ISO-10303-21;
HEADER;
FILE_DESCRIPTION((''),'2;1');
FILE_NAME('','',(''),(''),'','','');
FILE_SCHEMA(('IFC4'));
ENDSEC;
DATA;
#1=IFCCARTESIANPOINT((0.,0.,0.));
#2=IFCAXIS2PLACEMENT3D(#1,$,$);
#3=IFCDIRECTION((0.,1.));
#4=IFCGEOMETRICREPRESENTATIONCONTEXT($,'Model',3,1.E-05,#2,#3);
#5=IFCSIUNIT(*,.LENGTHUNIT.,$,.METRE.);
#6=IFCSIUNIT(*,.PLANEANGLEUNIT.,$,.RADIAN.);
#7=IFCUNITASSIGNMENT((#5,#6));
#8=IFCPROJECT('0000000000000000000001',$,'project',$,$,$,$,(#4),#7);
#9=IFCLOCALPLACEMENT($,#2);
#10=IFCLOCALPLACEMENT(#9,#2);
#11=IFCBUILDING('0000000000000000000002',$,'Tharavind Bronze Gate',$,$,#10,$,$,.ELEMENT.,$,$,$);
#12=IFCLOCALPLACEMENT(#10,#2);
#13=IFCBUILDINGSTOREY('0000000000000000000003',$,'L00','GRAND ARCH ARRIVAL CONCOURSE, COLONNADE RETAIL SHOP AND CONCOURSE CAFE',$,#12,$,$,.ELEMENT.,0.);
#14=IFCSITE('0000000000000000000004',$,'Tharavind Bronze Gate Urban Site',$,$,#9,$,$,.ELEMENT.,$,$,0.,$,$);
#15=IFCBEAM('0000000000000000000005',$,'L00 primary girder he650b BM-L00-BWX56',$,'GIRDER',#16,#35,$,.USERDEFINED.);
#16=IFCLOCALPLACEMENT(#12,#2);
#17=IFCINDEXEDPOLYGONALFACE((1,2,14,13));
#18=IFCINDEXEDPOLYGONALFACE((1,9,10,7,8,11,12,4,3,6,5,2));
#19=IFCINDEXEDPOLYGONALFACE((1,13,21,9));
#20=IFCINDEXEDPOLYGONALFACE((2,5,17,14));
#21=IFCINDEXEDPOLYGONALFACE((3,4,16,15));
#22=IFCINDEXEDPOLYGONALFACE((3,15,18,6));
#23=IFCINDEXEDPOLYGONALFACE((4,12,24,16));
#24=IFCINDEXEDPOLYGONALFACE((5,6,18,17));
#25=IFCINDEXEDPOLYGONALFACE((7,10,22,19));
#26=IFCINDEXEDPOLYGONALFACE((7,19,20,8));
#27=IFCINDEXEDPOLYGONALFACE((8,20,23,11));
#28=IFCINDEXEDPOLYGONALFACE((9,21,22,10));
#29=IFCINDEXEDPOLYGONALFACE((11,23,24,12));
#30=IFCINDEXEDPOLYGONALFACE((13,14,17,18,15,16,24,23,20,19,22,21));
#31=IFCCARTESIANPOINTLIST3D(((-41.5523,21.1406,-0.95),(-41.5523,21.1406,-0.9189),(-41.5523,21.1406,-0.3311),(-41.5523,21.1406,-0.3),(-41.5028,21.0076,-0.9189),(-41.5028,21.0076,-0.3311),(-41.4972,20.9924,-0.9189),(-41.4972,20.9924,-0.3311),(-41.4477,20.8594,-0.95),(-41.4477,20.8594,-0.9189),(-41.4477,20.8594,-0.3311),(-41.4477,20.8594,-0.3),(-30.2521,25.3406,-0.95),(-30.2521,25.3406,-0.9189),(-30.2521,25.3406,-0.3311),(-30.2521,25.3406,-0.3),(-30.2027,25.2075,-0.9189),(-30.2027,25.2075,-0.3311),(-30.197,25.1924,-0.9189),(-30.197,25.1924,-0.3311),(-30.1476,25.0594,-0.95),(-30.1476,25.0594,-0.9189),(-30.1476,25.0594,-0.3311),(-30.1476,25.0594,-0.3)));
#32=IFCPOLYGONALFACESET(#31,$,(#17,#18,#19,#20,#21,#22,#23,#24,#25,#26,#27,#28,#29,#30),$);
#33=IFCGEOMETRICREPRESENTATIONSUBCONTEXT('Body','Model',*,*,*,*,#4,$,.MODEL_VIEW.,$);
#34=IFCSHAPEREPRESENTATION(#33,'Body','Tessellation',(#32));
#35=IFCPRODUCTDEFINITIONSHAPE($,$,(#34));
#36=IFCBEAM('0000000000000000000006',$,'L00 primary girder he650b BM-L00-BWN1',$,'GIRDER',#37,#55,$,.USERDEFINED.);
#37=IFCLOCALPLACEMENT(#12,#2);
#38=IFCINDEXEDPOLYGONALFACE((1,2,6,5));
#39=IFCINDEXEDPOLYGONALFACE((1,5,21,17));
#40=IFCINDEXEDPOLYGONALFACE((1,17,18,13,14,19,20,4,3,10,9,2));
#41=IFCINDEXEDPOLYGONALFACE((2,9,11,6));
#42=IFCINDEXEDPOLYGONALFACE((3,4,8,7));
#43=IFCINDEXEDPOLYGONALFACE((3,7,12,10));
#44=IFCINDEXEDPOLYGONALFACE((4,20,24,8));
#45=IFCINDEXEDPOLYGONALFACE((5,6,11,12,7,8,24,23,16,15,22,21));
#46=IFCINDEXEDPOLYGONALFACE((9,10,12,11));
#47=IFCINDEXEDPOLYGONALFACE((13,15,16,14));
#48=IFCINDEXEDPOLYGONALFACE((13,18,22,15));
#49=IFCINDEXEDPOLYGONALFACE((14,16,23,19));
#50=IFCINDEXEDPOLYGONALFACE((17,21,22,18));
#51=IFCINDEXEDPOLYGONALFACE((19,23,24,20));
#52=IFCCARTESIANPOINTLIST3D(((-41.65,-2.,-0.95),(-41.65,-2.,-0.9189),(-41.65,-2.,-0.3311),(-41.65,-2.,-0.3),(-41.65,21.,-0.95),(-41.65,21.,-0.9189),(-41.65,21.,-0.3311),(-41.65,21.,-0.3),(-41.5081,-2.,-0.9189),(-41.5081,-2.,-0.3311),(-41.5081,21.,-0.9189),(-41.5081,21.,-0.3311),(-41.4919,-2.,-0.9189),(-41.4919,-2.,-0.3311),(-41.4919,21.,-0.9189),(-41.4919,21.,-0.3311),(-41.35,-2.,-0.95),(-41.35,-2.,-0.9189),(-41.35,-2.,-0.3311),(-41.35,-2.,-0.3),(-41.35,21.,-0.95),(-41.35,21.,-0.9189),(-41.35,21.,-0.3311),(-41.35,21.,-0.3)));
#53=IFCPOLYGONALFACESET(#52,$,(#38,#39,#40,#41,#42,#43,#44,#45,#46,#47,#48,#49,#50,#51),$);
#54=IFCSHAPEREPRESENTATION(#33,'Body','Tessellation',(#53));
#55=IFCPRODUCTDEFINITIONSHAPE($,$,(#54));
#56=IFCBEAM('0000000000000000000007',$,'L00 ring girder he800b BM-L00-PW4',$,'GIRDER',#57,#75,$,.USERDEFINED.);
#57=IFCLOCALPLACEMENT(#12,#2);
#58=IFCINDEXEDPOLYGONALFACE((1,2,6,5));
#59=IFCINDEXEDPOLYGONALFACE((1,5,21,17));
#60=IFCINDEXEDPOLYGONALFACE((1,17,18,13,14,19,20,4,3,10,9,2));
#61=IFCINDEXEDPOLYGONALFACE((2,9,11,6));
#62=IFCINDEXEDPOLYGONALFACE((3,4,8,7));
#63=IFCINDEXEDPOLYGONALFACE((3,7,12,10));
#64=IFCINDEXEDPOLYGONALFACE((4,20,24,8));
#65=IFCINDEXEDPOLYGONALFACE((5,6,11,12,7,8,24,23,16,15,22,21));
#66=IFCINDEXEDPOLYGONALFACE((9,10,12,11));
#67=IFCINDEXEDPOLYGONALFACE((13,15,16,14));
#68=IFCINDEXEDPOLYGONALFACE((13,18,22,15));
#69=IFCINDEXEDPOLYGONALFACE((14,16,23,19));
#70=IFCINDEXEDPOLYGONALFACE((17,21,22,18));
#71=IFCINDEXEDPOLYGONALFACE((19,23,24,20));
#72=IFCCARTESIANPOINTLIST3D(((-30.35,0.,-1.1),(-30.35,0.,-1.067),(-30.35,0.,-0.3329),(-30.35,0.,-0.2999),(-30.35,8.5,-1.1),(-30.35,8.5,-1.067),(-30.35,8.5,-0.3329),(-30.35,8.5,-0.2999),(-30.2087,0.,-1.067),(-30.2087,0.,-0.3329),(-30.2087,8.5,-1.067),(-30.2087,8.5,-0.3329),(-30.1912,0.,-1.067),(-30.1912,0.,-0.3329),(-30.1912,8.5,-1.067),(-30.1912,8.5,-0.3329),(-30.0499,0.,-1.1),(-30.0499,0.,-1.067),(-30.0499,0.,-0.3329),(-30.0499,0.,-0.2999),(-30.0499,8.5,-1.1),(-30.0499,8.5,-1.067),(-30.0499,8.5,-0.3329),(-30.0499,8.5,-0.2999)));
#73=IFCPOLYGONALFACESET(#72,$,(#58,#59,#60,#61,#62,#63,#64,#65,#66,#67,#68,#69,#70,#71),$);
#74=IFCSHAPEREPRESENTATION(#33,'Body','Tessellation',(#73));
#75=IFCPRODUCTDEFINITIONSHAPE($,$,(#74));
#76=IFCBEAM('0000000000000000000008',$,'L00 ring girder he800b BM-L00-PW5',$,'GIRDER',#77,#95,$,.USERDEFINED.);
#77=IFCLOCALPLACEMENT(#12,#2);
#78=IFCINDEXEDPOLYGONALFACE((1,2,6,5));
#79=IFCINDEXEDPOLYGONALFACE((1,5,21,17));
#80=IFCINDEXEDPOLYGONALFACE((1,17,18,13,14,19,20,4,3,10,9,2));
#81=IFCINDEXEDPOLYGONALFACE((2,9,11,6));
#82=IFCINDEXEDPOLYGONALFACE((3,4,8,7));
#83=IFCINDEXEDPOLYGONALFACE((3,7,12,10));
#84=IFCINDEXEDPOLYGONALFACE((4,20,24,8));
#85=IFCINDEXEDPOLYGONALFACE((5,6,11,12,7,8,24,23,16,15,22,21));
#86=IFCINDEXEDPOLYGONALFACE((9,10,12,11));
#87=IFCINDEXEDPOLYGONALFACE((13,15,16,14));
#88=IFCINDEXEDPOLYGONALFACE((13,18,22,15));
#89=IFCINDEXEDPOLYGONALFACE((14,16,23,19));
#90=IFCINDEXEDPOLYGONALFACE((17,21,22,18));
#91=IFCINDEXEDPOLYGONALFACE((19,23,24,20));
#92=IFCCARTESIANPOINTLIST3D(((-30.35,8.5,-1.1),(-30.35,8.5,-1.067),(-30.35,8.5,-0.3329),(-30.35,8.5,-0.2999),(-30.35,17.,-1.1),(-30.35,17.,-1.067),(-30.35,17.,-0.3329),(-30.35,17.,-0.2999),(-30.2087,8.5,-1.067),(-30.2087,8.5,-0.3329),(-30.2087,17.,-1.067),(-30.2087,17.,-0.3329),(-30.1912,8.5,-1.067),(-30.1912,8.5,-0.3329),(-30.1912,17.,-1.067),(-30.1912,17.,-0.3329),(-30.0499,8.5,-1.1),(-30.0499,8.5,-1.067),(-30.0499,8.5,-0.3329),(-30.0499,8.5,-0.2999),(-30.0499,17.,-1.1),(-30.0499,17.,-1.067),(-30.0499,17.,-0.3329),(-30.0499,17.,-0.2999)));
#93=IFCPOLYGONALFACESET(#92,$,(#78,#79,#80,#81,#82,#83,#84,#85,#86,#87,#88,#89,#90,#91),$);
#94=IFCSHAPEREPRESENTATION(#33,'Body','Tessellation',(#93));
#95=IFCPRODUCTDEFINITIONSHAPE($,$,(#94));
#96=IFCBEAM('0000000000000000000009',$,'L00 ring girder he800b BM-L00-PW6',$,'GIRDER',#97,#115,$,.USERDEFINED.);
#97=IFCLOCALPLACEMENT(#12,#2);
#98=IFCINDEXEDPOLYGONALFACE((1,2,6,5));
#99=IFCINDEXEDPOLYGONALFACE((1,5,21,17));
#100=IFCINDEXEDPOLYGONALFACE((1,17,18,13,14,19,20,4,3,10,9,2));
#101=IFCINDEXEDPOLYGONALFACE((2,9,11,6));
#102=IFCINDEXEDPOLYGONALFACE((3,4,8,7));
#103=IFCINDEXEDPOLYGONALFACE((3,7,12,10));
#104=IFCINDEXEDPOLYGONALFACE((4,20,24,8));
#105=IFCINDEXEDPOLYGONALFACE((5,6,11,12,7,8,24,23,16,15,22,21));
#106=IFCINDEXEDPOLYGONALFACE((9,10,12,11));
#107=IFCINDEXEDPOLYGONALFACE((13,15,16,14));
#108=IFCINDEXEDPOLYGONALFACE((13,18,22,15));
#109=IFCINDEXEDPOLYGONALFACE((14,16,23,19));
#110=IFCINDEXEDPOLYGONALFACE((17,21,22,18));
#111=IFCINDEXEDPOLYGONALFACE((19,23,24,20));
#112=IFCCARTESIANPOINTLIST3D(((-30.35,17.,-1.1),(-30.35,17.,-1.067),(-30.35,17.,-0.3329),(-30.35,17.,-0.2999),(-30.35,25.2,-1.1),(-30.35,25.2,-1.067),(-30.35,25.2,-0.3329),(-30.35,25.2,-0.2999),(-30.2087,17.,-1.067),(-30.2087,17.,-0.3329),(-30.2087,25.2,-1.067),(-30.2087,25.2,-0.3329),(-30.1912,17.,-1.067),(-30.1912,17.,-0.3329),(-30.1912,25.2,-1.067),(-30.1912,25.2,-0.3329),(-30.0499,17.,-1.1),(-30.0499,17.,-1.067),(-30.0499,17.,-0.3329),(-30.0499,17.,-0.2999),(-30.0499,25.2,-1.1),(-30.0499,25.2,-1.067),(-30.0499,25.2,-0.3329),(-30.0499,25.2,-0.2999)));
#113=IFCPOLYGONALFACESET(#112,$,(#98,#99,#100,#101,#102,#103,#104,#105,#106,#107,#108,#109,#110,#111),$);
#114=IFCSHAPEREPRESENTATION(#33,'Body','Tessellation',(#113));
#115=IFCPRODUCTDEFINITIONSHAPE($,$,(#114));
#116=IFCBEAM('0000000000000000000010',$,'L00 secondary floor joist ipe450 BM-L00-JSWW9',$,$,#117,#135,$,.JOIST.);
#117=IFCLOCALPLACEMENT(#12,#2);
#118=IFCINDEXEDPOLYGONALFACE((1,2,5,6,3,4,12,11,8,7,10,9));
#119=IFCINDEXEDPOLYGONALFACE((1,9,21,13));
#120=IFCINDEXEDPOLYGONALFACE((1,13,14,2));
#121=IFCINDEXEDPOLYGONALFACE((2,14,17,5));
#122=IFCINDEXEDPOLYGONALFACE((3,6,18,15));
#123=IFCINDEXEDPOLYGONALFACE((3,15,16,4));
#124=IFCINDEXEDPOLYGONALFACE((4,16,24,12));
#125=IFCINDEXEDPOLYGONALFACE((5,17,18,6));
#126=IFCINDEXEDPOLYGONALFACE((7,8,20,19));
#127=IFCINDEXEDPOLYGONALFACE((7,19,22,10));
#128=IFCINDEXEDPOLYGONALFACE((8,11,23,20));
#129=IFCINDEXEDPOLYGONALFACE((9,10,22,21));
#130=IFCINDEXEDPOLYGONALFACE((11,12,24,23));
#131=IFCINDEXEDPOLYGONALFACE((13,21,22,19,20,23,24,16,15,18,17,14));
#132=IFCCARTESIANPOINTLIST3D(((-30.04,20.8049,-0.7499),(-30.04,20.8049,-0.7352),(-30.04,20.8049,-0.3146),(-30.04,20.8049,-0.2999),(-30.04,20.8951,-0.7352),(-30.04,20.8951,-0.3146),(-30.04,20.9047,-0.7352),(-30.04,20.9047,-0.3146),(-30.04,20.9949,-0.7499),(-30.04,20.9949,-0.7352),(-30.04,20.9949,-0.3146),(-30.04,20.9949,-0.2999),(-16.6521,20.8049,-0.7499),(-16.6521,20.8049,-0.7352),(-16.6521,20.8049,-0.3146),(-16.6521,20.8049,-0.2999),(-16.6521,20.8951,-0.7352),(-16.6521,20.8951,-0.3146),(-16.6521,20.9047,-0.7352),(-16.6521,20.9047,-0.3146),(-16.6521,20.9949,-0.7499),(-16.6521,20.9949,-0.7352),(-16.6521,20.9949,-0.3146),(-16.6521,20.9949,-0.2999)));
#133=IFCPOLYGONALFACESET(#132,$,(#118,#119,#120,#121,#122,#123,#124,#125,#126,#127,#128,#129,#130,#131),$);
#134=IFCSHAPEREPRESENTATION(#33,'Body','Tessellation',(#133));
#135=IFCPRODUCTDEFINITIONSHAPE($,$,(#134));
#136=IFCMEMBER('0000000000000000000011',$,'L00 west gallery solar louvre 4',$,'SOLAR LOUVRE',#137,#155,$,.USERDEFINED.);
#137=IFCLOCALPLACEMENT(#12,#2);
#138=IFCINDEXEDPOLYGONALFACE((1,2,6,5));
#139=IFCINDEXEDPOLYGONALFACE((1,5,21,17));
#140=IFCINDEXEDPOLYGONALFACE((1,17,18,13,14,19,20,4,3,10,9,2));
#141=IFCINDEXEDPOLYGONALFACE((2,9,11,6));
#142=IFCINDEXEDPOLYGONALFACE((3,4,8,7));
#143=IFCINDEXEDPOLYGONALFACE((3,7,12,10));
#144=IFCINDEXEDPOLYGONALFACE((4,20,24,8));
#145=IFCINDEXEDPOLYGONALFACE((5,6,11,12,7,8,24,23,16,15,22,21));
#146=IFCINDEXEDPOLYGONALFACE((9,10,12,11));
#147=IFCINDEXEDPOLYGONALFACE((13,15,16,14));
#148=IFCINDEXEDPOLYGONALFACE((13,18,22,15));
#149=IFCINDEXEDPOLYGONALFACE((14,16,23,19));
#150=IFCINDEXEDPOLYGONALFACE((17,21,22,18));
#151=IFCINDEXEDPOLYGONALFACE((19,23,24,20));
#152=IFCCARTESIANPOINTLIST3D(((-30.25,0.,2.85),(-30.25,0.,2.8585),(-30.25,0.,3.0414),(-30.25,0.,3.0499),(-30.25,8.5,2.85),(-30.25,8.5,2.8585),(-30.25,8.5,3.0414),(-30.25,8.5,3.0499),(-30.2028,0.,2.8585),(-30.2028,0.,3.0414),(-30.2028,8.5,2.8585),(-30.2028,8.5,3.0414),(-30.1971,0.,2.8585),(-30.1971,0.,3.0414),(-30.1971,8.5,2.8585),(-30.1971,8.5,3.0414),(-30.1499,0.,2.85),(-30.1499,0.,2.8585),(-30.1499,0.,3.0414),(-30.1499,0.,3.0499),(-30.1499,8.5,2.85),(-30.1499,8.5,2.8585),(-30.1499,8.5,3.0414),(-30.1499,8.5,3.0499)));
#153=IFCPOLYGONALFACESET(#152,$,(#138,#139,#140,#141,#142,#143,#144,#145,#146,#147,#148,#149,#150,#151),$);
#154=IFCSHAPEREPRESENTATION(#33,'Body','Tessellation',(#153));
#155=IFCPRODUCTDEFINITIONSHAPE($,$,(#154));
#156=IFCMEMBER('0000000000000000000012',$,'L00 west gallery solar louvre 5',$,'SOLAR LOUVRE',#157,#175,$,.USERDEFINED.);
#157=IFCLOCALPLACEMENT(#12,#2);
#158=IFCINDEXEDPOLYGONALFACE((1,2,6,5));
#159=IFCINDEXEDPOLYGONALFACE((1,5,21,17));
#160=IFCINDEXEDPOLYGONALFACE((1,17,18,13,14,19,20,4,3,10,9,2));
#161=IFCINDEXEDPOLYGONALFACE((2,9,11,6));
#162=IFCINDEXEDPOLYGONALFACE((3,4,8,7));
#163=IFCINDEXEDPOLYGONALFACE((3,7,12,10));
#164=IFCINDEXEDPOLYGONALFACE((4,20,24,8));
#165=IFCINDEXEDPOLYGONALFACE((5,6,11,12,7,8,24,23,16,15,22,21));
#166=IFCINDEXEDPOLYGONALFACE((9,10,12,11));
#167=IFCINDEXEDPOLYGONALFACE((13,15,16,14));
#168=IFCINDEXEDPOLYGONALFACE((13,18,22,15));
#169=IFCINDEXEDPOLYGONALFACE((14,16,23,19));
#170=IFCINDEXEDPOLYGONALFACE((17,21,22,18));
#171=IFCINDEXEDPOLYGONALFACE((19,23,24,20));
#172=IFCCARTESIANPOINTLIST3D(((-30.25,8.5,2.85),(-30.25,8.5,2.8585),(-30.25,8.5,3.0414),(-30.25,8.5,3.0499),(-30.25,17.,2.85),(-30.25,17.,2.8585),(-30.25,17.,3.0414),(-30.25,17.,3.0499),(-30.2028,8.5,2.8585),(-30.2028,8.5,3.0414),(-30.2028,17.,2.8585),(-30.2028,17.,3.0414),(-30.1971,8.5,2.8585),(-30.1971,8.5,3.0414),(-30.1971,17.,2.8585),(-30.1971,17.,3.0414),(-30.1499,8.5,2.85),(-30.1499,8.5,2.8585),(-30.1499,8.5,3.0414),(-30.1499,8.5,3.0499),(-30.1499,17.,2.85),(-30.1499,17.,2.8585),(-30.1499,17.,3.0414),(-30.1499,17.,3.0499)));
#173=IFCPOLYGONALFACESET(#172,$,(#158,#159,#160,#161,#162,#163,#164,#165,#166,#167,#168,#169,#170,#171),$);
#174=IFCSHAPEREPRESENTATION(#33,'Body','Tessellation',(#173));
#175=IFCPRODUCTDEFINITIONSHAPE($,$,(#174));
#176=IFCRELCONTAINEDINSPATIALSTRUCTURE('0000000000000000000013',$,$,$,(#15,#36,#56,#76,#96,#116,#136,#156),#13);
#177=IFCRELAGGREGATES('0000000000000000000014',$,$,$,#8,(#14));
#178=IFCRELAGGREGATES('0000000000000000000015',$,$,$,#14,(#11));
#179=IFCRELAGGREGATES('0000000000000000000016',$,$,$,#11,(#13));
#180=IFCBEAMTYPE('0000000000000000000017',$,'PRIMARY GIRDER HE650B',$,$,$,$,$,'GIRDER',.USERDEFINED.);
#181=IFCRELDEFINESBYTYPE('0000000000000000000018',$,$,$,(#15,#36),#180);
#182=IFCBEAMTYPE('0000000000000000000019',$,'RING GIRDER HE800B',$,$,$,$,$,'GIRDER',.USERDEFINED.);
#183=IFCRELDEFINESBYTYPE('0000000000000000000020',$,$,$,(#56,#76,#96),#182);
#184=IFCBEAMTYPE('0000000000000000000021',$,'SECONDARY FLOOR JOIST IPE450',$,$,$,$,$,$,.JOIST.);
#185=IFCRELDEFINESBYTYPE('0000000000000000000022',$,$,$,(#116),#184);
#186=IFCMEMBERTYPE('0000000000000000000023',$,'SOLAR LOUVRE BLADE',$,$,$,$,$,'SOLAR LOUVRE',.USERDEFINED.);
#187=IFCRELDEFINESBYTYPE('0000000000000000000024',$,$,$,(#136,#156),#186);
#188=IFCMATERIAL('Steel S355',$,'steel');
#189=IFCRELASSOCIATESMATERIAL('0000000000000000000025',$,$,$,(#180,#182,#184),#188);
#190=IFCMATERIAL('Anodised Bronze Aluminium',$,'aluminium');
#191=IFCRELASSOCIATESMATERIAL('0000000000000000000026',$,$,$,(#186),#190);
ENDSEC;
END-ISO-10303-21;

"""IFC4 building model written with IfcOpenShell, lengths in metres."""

from ifc_helpers import new_model, si_unit, direction, frame, origin, origin_2d, place, context, subcontext, project, spatial, i_section, extrude, material, material_profile, profile_set, type_object, element, save


model = new_model("IFC4")

# Units and contexts
model_context = context("Model", 3, precision=1e-05, world=origin(), true_north=direction((0.0, 1.0)))
body_context = subcontext(model_context, "Body", "Model", "MODEL_VIEW")
ifc_project = project(units=[si_unit("LENGTHUNIT", "METRE"), si_unit("PLANEANGLEUNIT", "RADIAN")], contexts=[model_context])

# Site, building, storey
site_placement = place(None, origin())
site = spatial("IfcSite", under=ifc_project, at=site_placement, Name="Tharavind Bronze Gate Urban Site", CompositionType="ELEMENT", RefElevation=0.0)
building_placement = place(site_placement, origin())
building = spatial("IfcBuilding", under=site, at=building_placement, Name="Tharavind Bronze Gate", CompositionType="ELEMENT")
storey_placement = place(building_placement, origin())
storey = spatial("IfcBuildingStorey", under=building, at=storey_placement, Name="L00", Description="GRAND ARCH ARRIVAL CONCOURSE, COLONNADE RETAIL SHOP AND CONCOURSE CAFE", CompositionType="ELEMENT", Elevation=0.0)

# Shared definitions
ifc_material_1 = material(Name="Steel S355", Category="steel")

# Beams
ifc_material_profile_1 = material_profile(ifc_material_1, i_section(OverallWidth=0.3, OverallDepth=0.6499, WebThickness=0.0161, FlangeThickness=0.031, at=origin_2d()), Name="HE650B")
ifc_profile_set_1 = profile_set([ifc_material_profile_1], Name="Steel S355")
beam_type_1 = type_object("IfcBeamType", Name="PRIMARY GIRDER HE650B", ElementType="GIRDER", PredefinedType="USERDEFINED", material=ifc_profile_set_1)
beam_1_placement = place(storey_placement, frame((-41.5, 21.0, -0.625), z_axis=(0.93735, 0.34839, 0.0), x_axis=(-0.34839, 0.93735, 0.0)))
element("IfcBeam", 1, at=beam_1_placement, inside=storey, type_object=beam_type_1, Name="L00 primary girder he650b BM-L00-BWX56", ObjectType="GIRDER", PredefinedType="USERDEFINED", context=body_context, shape_type="SweptSolid", body=[
    extrude(i_section(OverallWidth=0.3, OverallDepth=0.6499, WebThickness=0.0161, FlangeThickness=0.031, at=origin_2d()), origin(), (0.0, 0.0, 1.0), 12.0554),
])
beam_2_placement = place(storey_placement, frame((-41.5, -2.0, -0.625), z_axis=(0.0, 1.0, 0.0), x_axis=(-1.0, 0.0, 0.0)))
element("IfcBeam", 2, at=beam_2_placement, inside=storey, type_object=beam_type_1, Name="L00 primary girder he650b BM-L00-BWN1", ObjectType="GIRDER", PredefinedType="USERDEFINED", context=body_context, shape_type="SweptSolid", body=[
    extrude(i_section(OverallWidth=0.3, OverallDepth=0.6499, WebThickness=0.0161, FlangeThickness=0.031, at=origin_2d()), origin(), (0.0, 0.0, 1.0), 23.0),
])
ifc_material_profile_2 = material_profile(ifc_material_1, i_section(OverallWidth=0.3, OverallDepth=0.8, WebThickness=0.0176, FlangeThickness=0.033, at=origin_2d()), Name="HE800B")
ifc_profile_set_2 = profile_set([ifc_material_profile_2], Name="Steel S355")
beam_type_2 = type_object("IfcBeamType", Name="RING GIRDER HE800B", ElementType="GIRDER", PredefinedType="USERDEFINED", material=ifc_profile_set_2)
for number, where, z_axis, x_axis, name in (
    (3, (-30.2, 0.0, -0.7), (0.0, 1.0, 0.0), (-1.0, 0.0, 0.0), "L00 ring girder he800b BM-L00-PW4"),
    (4, (-30.2, 8.5, -0.7), (0.0, 1.0, 0.0), (-1.0, 0.0, 0.0), "L00 ring girder he800b BM-L00-PW5"),
):
    element("IfcBeam", number, at=place(storey_placement, frame(where, z_axis=z_axis, x_axis=x_axis)), inside=storey, type_object=beam_type_2, Name=name, ObjectType="GIRDER", PredefinedType="USERDEFINED", context=body_context, shape_type="SweptSolid", body=[
        extrude(i_section(OverallWidth=0.3, OverallDepth=0.8, WebThickness=0.0176, FlangeThickness=0.033, at=origin_2d()), origin(), (0.0, 0.0, 1.0), 8.5),
    ])
beam_3_placement = place(storey_placement, frame((-30.2, 17.0, -0.7), z_axis=(0.0, 1.0, 0.0), x_axis=(-1.0, 0.0, 0.0)))
element("IfcBeam", 5, at=beam_3_placement, inside=storey, type_object=beam_type_2, Name="L00 ring girder he800b BM-L00-PW6", ObjectType="GIRDER", PredefinedType="USERDEFINED", context=body_context, shape_type="SweptSolid", body=[
    extrude(i_section(OverallWidth=0.3, OverallDepth=0.8, WebThickness=0.0176, FlangeThickness=0.033, at=origin_2d()), origin(), (0.0, 0.0, 1.0), 8.2),
])
ifc_material_profile_3 = material_profile(ifc_material_1, i_section(OverallWidth=0.1899, OverallDepth=0.45, WebThickness=0.0095, FlangeThickness=0.0146, at=origin_2d()), Name="IPE450")
ifc_profile_set_3 = profile_set([ifc_material_profile_3], Name="Steel S355")
beam_type_3 = type_object("IfcBeamType", Name="SECONDARY FLOOR JOIST IPE450", PredefinedType="JOIST", material=ifc_profile_set_3)
beam_4_placement = place(storey_placement, frame((-30.04, 20.8999, -0.5249), z_axis=(1.0, 0.0, 0.0), x_axis=(0.0, 1.0, 0.0)))
element("IfcBeam", 6, at=beam_4_placement, inside=storey, type_object=beam_type_3, Name="L00 secondary floor joist ipe450 BM-L00-JSWW9", PredefinedType="JOIST", context=body_context, shape_type="SweptSolid", body=[
    extrude(i_section(OverallWidth=0.1899, OverallDepth=0.45, WebThickness=0.0095, FlangeThickness=0.0146, at=origin_2d()), origin(), (0.0, 0.0, 1.0), 13.3879),
])

# Members
ifc_material_2 = material(Name="Anodised Bronze Aluminium", Category="aluminium")
ifc_material_profile_4 = material_profile(ifc_material_2, i_section(OverallWidth=0.1001, OverallDepth=0.2, WebThickness=0.0056, FlangeThickness=0.0085, at=origin_2d()), Name="IPE200")
ifc_profile_set_4 = profile_set([ifc_material_profile_4], Name="Anodised Bronze Aluminium")
member_type_1 = type_object("IfcMemberType", Name="SOLAR LOUVRE BLADE", ElementType="SOLAR LOUVRE", PredefinedType="USERDEFINED", material=ifc_profile_set_4)
for number, where, z_axis, x_axis, name in (
    (7, (-30.2, 0.0, 2.95), (0.0, 1.0, 0.0), (-1.0, 0.0, 0.0), "L00 west gallery solar louvre 4"),
    (8, (-30.2, 8.5, 2.95), (0.0, 1.0, 0.0), (-1.0, 0.0, 0.0), "L00 west gallery solar louvre 5"),
):
    element("IfcMember", number, at=place(storey_placement, frame(where, z_axis=z_axis, x_axis=x_axis)), inside=storey, type_object=member_type_1, Name=name, ObjectType="SOLAR LOUVRE", PredefinedType="USERDEFINED", context=body_context, shape_type="SweptSolid", body=[
        extrude(i_section(OverallWidth=0.1001, OverallDepth=0.2, WebThickness=0.0056, FlangeThickness=0.0085, at=origin_2d()), origin(), (0.0, 0.0, 1.0), 8.5),
    ])

save(model, "model.ifc")
